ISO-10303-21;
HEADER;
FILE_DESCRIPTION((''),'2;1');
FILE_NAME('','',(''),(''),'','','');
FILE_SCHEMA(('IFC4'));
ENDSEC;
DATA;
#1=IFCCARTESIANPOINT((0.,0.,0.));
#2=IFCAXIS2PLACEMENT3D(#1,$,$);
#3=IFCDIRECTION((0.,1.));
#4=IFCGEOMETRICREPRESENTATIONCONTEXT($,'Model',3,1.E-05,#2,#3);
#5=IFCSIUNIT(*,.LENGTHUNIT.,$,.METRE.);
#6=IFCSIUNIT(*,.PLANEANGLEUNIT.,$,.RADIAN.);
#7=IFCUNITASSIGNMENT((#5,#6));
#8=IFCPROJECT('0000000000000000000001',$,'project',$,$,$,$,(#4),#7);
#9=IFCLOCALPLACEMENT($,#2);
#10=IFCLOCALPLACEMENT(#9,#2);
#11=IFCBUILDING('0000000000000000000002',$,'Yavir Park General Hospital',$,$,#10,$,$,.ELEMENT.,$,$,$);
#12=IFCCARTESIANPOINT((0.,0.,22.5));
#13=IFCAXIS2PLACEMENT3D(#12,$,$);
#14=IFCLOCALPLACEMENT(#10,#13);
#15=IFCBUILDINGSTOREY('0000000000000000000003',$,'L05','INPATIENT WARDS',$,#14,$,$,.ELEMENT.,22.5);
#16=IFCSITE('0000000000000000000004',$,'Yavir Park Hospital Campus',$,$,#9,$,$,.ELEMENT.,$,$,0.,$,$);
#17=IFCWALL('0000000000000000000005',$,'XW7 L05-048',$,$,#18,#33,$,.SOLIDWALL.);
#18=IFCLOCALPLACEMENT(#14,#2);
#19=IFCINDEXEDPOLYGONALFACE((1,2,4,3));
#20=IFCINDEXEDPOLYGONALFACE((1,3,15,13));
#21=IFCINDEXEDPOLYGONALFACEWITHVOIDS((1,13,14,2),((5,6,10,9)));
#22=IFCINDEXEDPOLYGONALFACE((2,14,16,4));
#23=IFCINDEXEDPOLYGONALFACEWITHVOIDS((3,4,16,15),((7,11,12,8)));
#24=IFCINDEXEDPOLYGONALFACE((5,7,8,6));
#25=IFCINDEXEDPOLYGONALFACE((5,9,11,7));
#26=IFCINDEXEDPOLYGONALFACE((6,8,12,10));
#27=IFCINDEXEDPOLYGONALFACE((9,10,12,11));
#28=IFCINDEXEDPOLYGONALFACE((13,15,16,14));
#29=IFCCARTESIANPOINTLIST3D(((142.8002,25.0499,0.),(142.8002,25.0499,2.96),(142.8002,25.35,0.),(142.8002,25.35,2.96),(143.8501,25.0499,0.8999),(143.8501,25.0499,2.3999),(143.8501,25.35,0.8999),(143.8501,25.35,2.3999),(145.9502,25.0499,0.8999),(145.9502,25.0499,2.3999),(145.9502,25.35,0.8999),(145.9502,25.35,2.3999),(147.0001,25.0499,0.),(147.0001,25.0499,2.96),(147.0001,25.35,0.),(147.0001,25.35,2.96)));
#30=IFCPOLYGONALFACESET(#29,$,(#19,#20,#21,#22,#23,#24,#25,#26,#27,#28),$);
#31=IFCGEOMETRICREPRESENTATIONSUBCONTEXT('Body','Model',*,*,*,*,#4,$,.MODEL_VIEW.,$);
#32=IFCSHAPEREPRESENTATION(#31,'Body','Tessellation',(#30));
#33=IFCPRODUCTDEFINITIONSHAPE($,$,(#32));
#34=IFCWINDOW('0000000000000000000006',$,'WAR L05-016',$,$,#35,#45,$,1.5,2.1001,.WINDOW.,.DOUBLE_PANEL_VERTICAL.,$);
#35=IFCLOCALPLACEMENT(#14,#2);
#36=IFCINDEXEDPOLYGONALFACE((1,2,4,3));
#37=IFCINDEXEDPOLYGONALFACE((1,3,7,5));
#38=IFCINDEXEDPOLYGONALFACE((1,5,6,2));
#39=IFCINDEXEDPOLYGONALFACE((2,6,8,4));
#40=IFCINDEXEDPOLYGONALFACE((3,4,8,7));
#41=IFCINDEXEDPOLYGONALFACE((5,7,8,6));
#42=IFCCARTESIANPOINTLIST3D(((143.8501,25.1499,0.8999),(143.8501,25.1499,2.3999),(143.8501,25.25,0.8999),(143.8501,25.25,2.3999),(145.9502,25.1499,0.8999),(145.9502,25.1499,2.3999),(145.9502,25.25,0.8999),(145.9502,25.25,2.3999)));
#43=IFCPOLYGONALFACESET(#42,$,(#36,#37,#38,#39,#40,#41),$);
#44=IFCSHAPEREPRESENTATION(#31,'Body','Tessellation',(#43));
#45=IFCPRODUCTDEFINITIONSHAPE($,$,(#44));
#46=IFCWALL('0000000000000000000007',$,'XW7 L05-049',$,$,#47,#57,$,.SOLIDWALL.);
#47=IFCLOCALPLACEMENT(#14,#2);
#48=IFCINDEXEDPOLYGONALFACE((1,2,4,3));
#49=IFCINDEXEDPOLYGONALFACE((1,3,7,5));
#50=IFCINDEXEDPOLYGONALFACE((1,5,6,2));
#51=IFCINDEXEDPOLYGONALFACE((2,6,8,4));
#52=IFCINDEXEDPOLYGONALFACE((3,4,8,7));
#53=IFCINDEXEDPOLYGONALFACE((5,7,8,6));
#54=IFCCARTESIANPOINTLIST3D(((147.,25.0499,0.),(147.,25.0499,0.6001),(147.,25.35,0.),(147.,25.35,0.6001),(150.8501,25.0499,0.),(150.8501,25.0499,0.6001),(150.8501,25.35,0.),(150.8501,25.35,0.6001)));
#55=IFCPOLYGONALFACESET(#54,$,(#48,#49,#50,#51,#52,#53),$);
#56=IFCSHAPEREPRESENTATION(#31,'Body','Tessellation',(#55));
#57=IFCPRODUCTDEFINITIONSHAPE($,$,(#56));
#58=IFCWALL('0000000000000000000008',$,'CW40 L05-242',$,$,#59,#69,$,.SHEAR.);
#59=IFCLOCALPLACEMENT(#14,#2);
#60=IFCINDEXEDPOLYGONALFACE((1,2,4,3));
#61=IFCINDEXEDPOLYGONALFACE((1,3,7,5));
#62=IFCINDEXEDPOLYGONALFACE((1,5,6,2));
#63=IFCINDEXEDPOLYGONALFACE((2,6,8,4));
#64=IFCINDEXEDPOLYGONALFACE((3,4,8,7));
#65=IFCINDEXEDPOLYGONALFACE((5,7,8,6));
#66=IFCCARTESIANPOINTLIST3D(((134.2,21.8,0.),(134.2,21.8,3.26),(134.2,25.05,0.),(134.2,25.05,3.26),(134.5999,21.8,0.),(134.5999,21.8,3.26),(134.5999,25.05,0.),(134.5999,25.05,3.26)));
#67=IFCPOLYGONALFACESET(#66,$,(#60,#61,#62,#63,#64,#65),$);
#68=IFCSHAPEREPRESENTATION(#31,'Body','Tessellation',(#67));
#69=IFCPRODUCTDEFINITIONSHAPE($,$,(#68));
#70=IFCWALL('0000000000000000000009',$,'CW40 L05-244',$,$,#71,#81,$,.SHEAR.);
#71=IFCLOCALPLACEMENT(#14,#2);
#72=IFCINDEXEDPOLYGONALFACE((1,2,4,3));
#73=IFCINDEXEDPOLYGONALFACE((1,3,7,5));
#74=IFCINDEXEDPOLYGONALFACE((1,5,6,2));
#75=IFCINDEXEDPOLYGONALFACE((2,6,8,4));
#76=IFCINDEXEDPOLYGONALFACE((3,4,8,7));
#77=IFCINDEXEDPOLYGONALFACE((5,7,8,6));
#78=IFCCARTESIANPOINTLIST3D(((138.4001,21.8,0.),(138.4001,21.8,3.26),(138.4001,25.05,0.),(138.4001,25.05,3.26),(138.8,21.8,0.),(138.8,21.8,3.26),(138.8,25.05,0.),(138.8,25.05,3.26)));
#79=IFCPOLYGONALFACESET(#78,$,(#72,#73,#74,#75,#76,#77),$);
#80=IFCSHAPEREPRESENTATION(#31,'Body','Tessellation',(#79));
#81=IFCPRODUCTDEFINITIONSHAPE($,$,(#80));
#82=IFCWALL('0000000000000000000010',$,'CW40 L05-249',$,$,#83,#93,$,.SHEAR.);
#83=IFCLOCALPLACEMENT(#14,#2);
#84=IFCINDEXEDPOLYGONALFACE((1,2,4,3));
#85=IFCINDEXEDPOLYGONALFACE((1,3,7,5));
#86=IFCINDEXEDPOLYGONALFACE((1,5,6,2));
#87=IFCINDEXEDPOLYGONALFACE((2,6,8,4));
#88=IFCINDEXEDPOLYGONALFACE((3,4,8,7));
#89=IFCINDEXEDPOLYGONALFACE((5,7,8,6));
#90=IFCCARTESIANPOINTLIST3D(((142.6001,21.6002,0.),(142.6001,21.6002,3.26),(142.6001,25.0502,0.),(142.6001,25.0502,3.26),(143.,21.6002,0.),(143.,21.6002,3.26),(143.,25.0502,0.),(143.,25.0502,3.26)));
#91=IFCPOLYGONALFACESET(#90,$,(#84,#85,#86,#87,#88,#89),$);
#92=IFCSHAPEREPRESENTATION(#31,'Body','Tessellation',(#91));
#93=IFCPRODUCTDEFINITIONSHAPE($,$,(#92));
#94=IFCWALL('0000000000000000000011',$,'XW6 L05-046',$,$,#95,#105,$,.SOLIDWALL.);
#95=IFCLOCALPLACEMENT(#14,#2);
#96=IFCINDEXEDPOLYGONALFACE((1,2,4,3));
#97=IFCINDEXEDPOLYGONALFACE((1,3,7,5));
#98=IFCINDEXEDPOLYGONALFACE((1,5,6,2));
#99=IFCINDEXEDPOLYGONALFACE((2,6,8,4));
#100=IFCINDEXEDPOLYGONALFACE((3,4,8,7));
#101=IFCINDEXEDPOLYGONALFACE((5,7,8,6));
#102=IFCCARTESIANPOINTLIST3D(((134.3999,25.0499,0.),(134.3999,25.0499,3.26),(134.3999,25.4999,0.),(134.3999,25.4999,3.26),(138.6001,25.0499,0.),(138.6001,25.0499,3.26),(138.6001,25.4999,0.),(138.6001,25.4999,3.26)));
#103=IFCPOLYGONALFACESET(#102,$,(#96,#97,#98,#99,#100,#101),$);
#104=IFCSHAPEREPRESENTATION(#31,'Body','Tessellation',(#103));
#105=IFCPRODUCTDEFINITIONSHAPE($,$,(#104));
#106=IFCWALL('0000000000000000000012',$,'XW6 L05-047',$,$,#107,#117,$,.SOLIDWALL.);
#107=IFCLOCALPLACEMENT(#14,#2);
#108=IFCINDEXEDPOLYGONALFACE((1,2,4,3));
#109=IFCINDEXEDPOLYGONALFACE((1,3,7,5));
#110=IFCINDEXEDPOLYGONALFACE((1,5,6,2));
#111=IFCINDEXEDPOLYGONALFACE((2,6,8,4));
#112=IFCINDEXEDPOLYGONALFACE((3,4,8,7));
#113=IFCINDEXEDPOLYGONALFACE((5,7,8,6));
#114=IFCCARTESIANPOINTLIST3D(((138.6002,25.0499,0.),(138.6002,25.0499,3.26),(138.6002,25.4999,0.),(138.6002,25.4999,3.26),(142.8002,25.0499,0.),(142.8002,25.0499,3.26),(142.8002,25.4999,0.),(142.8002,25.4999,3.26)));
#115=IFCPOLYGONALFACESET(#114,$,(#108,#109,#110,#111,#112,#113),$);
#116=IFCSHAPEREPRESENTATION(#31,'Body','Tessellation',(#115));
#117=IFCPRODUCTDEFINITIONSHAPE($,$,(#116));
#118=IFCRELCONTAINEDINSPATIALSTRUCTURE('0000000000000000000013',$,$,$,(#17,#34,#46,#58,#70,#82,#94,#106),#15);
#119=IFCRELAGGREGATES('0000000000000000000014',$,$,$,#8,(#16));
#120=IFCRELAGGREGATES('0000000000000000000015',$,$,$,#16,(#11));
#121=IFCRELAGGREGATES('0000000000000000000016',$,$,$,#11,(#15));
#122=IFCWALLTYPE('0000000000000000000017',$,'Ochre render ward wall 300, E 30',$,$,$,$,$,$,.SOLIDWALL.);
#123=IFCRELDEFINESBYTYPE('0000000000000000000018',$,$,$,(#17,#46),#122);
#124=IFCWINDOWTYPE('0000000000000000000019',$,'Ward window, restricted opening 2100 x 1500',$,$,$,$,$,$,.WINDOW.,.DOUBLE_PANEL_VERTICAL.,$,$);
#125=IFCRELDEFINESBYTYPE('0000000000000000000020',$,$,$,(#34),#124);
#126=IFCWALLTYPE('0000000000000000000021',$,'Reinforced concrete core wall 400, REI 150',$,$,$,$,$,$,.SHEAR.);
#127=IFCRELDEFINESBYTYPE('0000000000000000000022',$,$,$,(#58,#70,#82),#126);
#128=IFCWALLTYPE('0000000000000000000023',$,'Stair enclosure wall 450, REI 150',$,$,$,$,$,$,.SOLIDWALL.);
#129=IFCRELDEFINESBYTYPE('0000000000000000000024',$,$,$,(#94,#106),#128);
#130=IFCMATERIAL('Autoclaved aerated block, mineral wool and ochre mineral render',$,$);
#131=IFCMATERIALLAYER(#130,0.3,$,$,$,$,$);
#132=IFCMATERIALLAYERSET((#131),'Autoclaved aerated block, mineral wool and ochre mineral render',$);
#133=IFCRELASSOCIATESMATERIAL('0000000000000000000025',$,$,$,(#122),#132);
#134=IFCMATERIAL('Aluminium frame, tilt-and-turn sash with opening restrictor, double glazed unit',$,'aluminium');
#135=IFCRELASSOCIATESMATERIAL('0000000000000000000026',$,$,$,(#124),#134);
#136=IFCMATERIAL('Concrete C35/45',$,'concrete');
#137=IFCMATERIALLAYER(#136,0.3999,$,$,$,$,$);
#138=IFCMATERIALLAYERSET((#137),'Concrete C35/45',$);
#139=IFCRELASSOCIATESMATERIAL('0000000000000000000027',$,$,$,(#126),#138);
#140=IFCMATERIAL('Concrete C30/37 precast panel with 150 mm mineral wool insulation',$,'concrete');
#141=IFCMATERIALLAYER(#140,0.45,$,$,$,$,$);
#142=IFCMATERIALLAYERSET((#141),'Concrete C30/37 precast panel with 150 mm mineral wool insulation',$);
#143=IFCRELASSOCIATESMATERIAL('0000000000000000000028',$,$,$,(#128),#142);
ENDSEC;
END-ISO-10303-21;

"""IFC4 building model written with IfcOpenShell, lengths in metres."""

from ifc_helpers import new_model, si_unit, direction, frame, frame_2d, origin, place, context, subcontext, project, spatial, rectangle, extrude, material, layer, layer_set, type_object, element, fill, save


model = new_model("IFC4")

# Units and contexts
model_context = context("Model", 3, precision=1e-05, world=origin(), true_north=direction((0.0, 1.0)))
body_context = subcontext(model_context, "Body", "Model", "MODEL_VIEW")
ifc_project = project(units=[si_unit("LENGTHUNIT", "METRE"), si_unit("PLANEANGLEUNIT", "RADIAN")], contexts=[model_context])

# Site, building, storey
site_placement = place(None, origin())
site = spatial("IfcSite", under=ifc_project, at=site_placement, Name="Yavir Park Hospital Campus", CompositionType="ELEMENT", RefElevation=0.0)
building_placement = place(site_placement, origin())
building = spatial("IfcBuilding", under=site, at=building_placement, Name="Yavir Park General Hospital", CompositionType="ELEMENT")
storey_placement = place(building_placement, frame((0.0, 0.0, 22.5)))
storey = spatial("IfcBuildingStorey", under=building, at=storey_placement, Name="L05", Description="INPATIENT WARDS", CompositionType="ELEMENT", Elevation=22.5)

# Wall, opening, window
ifc_material_1 = material(Name="Autoclaved aerated block, mineral wool and ochre mineral render")
ifc_layer_1 = layer(ifc_material_1, 0.3)
ifc_layer_set_1 = layer_set([ifc_layer_1], Name="Autoclaved aerated block, mineral wool and ochre mineral render")
wall_type_1 = type_object("IfcWallType", Name="Ochre render ward wall 300, E 30", PredefinedType="SOLIDWALL", material=ifc_layer_set_1)
wall_1_placement = place(storey_placement, frame((142.8, 25.2, 0.0), z_axis=(0.0, 0.0, 1.0), x_axis=(1.0, 0.0, 0.0)))
wall_1 = element("IfcWall", 1, at=wall_1_placement, inside=storey, type_object=wall_type_1, Name="XW7 L05-048", PredefinedType="SOLIDWALL", context=body_context, shape_type="SweptSolid", body=[
    extrude(rectangle(XDim=4.2, YDim=0.3, at=frame_2d((2.1001, 0.0))), origin(), (0.0, 0.0, 1.0), 2.96),
])
opening_1_placement = place(wall_1_placement, frame((1.05, 0.0, 0.8999)))
opening_1 = element("IfcOpeningElement", 2, at=opening_1_placement, cuts=wall_1, PredefinedType="OPENING", context=body_context, shape_type="SweptSolid", body=[
    extrude(rectangle(XDim=2.1001, YDim=1.5, at=frame_2d((1.05, 0.75))), frame((0.0, 0.1599, 0.0), z_axis=(0.0, -1.0, 0.0), x_axis=(1.0, 0.0, 0.0)), (0.0, 0.0, 1.0), 0.3201),
])
ifc_material_2 = material(Name="Aluminium frame, tilt-and-turn sash with opening restrictor, double glazed unit", Category="aluminium")
window_type = type_object("IfcWindowType", Name="Ward window, restricted opening 2100 x 1500", PartitioningType="DOUBLE_PANEL_VERTICAL", PredefinedType="WINDOW", material=ifc_material_2)
window_placement = place(opening_1_placement, origin())
window = element("IfcWindow", 3, at=window_placement, inside=storey, type_object=window_type, Name="WAR L05-016", OverallHeight=1.5, OverallWidth=2.1001, PartitioningType="DOUBLE_PANEL_VERTICAL", PredefinedType="WINDOW", context=body_context, shape_type="SweptSolid", body=[
    extrude(rectangle(XDim=2.1001, YDim=1.5, at=frame_2d((1.05, 0.75))), frame((0.0, 0.05, 0.0), z_axis=(0.0, -1.0, 0.0), x_axis=(1.0, 0.0, 0.0)), (0.0, 0.0, 1.0), 0.1001),
])
fill(opening_1, window)

# Walls
wall_2_placement = place(storey_placement, frame((147.0, 25.2, 0.0), z_axis=(0.0, 0.0, 1.0), x_axis=(1.0, 0.0, 0.0)))
element("IfcWall", 4, at=wall_2_placement, inside=storey, type_object=wall_type_1, Name="XW7 L05-049", PredefinedType="SOLIDWALL", context=body_context, shape_type="SweptSolid", body=[
    extrude(rectangle(XDim=3.8501, YDim=0.3, at=frame_2d((1.925, 0.0))), origin(), (0.0, 0.0, 1.0), 0.6001),
])
ifc_material_3 = material(Name="Concrete C35/45", Category="concrete")
ifc_layer_2 = layer(ifc_material_3, 0.3999)
ifc_layer_set_2 = layer_set([ifc_layer_2], Name="Concrete C35/45")
wall_type_2 = type_object("IfcWallType", Name="Reinforced concrete core wall 400, REI 150", PredefinedType="SHEAR", material=ifc_layer_set_2)
for number, where, z_axis, x_axis, name in (
    (5, (134.3999, 21.8, 0.0), (0.0, 0.0, 1.0), (0.0, 1.0, 0.0), "CW40 L05-242"),
    (6, (138.6001, 21.8, 0.0), (0.0, 0.0, 1.0), (0.0, 1.0, 0.0), "CW40 L05-244"),
):
    element("IfcWall", number, at=place(storey_placement, frame(where, z_axis=z_axis, x_axis=x_axis)), inside=storey, type_object=wall_type_2, Name=name, PredefinedType="SHEAR", context=body_context, shape_type="SweptSolid", body=[
        extrude(rectangle(XDim=3.25, YDim=0.3999, at=frame_2d((1.625, 0.0))), origin(), (0.0, 0.0, 1.0), 3.26),
    ])
wall_3_placement = place(storey_placement, frame((142.8, 21.6001, 0.0), z_axis=(0.0, 0.0, 1.0), x_axis=(0.0, 1.0, 0.0)))
element("IfcWall", 7, at=wall_3_placement, inside=storey, type_object=wall_type_2, Name="CW40 L05-249", PredefinedType="SHEAR", context=body_context, shape_type="SweptSolid", body=[
    extrude(rectangle(XDim=3.45, YDim=0.3999, at=frame_2d((1.7251, 0.0))), origin(), (0.0, 0.0, 1.0), 3.26),
])
ifc_material_4 = material(Name="Concrete C30/37 precast panel with 150 mm mineral wool insulation", Category="concrete")
ifc_layer_3 = layer(ifc_material_4, 0.45)
ifc_layer_set_3 = layer_set([ifc_layer_3], Name="Concrete C30/37 precast panel with 150 mm mineral wool insulation")
wall_type_3 = type_object("IfcWallType", Name="Stair enclosure wall 450, REI 150", PredefinedType="SOLIDWALL", material=ifc_layer_set_3)
wall_4_placement = place(storey_placement, frame((134.3999, 25.2749, 0.0), z_axis=(0.0, 0.0, 1.0), x_axis=(1.0, 0.0, 0.0)))
element("IfcWall", 8, at=wall_4_placement, inside=storey, type_object=wall_type_3, Name="XW6 L05-046", PredefinedType="SOLIDWALL", context=body_context, shape_type="SweptSolid", body=[
    extrude(rectangle(XDim=4.2002, YDim=0.45, at=frame_2d((2.1001, 0.0))), origin(), (0.0, 0.0, 1.0), 3.26),
])
wall_5_placement = place(storey_placement, frame((138.6001, 25.2749, 0.0), z_axis=(0.0, 0.0, 1.0), x_axis=(1.0, 0.0, 0.0)))
element("IfcWall", 9, at=wall_5_placement, inside=storey, type_object=wall_type_3, Name="XW6 L05-047", PredefinedType="SOLIDWALL", context=body_context, shape_type="SweptSolid", body=[
    extrude(rectangle(XDim=4.2, YDim=0.45, at=frame_2d((2.1001, 0.0))), origin(), (0.0, 0.0, 1.0), 3.26),
])

save(model, "model.ifc")
